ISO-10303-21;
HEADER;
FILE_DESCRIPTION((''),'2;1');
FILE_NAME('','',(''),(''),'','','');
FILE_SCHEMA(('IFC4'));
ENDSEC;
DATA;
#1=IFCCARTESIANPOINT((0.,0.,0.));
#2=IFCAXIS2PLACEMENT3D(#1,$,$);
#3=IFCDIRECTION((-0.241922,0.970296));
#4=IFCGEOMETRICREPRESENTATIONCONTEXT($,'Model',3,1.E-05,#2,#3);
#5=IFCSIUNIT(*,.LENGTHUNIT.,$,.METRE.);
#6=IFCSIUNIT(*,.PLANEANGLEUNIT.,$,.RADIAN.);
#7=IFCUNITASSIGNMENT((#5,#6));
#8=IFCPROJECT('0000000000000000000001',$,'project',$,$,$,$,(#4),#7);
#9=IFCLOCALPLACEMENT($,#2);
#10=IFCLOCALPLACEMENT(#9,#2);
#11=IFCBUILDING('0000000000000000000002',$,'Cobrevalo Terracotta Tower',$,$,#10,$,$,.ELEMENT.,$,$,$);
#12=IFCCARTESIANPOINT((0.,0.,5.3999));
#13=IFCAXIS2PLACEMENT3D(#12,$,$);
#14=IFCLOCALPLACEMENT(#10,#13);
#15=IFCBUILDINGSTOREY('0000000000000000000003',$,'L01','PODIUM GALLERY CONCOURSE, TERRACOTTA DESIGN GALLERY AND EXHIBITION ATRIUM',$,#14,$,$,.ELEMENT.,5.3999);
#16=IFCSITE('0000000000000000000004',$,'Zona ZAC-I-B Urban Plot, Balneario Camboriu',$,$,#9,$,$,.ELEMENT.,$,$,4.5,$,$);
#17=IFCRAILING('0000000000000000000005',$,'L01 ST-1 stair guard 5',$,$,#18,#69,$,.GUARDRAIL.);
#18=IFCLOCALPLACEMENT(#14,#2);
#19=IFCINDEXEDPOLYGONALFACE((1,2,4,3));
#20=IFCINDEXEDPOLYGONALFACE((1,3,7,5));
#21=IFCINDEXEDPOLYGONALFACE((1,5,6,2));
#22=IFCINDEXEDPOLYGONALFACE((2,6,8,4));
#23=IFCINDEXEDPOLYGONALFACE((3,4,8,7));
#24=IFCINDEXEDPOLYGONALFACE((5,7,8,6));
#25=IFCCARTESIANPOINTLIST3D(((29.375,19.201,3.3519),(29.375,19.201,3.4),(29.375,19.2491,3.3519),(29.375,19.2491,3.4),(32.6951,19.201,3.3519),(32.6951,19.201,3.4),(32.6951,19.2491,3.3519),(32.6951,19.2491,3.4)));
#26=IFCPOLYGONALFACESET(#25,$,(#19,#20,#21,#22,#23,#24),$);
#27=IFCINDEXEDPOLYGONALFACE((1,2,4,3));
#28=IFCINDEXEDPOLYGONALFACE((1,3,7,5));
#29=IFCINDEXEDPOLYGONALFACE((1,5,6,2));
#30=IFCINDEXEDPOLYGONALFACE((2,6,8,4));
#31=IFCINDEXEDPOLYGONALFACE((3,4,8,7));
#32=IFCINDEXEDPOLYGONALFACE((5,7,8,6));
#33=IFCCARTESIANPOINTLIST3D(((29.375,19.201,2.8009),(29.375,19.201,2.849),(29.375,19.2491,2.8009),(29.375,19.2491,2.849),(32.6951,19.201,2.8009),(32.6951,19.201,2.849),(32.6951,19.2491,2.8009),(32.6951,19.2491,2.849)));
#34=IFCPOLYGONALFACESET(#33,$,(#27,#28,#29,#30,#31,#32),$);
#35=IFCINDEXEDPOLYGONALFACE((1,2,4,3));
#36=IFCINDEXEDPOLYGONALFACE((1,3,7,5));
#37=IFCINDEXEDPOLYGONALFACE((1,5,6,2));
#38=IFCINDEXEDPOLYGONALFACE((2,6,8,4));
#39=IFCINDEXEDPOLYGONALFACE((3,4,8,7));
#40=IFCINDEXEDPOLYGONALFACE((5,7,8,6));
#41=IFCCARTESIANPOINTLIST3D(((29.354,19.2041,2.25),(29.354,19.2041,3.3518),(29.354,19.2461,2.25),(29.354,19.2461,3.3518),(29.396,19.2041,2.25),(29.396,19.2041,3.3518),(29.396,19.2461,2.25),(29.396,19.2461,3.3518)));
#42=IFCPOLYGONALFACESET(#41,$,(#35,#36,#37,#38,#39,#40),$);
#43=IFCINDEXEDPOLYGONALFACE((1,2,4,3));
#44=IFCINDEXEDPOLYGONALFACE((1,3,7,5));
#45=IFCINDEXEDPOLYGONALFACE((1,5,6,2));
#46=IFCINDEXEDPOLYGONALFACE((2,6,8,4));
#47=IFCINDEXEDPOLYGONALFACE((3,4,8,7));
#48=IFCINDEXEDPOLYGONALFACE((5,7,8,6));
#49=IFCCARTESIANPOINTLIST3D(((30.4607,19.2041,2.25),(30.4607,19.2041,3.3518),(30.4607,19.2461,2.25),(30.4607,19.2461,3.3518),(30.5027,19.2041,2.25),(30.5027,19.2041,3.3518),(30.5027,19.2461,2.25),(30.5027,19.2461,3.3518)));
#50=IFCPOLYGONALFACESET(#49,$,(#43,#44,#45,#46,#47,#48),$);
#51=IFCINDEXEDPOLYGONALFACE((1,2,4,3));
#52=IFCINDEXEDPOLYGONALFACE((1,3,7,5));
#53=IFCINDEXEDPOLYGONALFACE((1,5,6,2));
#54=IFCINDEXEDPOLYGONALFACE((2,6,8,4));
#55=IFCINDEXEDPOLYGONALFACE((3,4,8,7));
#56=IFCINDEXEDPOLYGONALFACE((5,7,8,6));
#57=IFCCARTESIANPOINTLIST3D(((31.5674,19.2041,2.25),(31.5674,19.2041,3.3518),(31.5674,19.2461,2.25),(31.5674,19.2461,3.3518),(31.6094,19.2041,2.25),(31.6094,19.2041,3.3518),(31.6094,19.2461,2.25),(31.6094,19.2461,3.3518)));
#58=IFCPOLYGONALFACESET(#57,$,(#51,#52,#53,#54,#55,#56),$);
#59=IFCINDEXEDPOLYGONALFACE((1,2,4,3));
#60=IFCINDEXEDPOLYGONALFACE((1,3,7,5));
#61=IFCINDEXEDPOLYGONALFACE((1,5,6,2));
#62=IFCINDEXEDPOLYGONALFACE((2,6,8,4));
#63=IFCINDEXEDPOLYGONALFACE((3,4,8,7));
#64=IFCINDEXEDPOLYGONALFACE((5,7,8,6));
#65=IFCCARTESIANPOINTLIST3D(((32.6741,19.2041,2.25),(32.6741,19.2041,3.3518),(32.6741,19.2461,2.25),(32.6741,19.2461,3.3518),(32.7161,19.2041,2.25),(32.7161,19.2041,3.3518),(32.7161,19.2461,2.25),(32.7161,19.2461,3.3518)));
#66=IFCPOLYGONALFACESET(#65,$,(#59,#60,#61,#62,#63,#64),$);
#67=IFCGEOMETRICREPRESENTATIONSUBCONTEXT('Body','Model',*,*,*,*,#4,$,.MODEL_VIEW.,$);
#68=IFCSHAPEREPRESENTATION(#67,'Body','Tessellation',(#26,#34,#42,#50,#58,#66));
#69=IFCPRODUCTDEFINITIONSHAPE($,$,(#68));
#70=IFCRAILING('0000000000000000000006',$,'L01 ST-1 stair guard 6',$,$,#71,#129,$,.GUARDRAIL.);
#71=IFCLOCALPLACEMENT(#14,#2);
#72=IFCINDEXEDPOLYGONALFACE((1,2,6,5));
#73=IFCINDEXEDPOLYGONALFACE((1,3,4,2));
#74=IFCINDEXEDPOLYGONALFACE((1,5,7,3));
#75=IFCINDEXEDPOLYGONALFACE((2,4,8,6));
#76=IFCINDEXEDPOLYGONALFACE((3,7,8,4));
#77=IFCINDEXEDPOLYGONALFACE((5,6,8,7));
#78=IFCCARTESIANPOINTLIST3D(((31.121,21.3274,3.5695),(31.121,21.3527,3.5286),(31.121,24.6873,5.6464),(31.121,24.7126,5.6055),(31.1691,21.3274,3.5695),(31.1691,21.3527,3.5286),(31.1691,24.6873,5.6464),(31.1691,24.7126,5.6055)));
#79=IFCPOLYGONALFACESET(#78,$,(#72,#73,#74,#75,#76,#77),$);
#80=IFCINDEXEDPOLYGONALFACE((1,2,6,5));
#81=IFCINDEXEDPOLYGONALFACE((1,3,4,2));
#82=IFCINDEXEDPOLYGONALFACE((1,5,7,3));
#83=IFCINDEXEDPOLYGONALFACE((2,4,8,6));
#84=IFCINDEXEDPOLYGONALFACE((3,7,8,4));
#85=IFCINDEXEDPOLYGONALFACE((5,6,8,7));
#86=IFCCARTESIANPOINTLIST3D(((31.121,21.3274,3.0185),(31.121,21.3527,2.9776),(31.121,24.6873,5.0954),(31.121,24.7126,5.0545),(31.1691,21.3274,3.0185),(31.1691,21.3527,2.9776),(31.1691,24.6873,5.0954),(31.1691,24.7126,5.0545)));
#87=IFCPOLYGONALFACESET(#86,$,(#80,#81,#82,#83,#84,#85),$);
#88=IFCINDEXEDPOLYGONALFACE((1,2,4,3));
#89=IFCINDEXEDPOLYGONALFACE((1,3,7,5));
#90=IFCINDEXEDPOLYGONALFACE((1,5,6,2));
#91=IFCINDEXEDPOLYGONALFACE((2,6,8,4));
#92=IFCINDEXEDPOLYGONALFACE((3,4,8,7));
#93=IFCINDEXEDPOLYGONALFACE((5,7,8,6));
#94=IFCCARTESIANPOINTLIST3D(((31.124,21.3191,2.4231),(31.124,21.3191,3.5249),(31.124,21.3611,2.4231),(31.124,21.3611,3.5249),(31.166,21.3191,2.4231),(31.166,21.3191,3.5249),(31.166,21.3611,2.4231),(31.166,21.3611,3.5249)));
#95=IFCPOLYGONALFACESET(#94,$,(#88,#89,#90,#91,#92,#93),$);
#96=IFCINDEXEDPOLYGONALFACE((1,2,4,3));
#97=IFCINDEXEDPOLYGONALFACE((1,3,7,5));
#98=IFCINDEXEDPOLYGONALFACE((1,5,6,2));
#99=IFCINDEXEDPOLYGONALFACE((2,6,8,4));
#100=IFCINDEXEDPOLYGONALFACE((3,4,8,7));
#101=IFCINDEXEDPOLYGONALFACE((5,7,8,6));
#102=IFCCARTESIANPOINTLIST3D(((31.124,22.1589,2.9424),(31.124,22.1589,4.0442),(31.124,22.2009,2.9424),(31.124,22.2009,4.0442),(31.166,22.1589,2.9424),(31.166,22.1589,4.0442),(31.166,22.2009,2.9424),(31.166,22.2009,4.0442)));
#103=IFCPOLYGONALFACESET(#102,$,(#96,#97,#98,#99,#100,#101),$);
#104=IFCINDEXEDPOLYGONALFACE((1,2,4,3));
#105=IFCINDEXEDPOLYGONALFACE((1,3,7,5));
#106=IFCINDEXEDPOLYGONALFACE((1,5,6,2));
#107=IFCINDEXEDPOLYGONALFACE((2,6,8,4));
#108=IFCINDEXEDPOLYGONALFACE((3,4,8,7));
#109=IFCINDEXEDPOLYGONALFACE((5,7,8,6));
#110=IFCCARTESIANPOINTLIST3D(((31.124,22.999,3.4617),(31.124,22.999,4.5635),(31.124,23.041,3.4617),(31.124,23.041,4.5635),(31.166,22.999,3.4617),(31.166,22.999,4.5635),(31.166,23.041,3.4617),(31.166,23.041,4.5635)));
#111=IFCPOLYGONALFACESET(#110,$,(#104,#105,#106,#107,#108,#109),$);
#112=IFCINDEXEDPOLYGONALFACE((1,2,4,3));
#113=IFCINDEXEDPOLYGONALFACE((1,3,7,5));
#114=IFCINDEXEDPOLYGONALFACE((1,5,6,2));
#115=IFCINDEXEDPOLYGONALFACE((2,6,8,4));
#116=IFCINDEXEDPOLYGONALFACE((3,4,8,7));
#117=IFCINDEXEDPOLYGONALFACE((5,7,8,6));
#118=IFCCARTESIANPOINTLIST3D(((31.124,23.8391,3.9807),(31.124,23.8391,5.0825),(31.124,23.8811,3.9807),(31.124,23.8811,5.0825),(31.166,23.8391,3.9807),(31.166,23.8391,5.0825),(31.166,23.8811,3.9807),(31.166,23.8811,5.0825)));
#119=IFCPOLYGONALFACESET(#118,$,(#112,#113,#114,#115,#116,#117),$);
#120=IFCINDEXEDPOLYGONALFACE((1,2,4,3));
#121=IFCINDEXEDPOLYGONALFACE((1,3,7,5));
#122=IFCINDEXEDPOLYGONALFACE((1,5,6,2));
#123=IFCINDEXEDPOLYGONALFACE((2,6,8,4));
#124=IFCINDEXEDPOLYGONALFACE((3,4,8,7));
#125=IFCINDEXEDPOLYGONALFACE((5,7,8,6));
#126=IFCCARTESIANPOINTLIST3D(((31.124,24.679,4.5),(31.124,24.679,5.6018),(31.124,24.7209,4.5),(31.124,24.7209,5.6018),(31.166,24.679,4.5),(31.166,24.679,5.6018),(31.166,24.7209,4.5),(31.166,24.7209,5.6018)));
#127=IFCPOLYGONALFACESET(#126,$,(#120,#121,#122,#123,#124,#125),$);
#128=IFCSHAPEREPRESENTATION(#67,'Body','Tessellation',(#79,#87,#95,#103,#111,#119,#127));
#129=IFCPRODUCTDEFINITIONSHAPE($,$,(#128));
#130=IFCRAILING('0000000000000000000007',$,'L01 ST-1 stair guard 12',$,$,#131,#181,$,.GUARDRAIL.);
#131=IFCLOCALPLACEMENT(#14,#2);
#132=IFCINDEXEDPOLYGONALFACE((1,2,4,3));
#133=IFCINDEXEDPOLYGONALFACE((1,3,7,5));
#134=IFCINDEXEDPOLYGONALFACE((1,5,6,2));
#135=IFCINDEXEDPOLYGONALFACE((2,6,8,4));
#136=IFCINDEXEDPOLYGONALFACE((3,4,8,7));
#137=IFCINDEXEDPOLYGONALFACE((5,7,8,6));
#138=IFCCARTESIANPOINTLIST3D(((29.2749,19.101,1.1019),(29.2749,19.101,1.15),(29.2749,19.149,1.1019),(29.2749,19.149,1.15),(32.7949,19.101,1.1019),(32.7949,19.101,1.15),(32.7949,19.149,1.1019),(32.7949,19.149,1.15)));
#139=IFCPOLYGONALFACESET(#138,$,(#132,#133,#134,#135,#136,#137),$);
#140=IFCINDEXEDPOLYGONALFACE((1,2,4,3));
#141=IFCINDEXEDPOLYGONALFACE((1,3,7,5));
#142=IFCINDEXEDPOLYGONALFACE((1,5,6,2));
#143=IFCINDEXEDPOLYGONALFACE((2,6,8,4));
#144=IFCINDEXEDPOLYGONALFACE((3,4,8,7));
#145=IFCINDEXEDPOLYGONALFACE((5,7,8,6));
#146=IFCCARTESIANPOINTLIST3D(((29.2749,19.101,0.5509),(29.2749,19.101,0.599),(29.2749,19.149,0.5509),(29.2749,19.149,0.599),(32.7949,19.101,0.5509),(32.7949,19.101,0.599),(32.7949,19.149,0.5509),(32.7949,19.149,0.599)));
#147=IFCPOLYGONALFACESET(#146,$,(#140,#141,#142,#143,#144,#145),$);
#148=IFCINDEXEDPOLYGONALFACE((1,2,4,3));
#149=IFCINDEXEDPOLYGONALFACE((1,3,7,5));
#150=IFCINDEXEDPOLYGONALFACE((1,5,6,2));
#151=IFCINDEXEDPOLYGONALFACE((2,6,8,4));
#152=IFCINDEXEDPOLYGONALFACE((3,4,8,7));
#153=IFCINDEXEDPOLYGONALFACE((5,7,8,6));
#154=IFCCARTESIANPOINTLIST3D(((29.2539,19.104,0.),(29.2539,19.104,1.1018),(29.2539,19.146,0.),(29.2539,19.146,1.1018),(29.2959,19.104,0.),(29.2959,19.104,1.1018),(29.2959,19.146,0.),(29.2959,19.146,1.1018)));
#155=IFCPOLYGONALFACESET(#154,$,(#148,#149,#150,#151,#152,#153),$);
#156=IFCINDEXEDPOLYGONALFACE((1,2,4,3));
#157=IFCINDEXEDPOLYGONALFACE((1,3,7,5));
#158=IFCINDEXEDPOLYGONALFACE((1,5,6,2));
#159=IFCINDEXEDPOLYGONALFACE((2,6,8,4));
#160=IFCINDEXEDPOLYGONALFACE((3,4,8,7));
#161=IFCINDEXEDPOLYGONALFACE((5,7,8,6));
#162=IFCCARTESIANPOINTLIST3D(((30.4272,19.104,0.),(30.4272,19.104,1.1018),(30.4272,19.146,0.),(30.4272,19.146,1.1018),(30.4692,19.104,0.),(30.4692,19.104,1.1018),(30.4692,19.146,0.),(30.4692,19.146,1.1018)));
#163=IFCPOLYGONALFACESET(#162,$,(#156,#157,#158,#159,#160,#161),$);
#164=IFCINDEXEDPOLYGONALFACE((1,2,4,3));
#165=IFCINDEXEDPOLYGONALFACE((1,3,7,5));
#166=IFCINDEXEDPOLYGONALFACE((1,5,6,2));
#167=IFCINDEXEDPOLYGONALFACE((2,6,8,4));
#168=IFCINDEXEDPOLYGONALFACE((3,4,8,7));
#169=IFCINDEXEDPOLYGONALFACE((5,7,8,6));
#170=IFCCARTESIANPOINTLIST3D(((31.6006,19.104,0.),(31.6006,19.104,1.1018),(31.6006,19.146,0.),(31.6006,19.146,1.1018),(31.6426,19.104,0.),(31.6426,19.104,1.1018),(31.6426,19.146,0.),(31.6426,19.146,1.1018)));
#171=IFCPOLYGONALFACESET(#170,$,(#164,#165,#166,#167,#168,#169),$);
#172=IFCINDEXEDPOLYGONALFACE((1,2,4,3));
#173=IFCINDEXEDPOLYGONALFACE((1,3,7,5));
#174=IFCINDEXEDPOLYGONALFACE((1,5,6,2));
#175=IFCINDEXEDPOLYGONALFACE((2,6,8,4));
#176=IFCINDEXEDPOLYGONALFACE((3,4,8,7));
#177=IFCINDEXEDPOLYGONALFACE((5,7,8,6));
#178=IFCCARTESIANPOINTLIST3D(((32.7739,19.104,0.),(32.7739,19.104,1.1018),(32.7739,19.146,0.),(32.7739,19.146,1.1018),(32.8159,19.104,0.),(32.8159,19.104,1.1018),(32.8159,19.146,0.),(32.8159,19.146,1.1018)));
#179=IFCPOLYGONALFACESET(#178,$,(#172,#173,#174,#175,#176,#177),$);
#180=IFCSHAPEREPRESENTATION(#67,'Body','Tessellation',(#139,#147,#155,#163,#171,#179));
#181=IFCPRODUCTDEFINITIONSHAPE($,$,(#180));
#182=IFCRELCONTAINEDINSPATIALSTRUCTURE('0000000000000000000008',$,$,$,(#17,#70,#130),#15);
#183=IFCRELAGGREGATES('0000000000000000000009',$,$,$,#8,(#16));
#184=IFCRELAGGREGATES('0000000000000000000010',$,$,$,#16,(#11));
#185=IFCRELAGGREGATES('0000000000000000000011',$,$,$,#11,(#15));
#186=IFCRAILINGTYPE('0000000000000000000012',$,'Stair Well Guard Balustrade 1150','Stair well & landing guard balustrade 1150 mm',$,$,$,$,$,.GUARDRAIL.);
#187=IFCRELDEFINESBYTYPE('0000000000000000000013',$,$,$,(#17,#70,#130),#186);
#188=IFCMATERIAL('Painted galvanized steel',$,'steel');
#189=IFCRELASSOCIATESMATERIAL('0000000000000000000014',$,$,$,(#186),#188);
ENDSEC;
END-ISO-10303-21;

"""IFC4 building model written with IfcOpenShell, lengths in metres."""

from ifc_helpers import new_model, si_unit, direction, frame, origin, origin_2d, place, context, subcontext, project, spatial, rectangle, extrude, material, type_object, element, save


model = new_model("IFC4")

# Units and contexts
model_context = context("Model", 3, precision=1e-05, world=origin(), true_north=direction((-0.241922, 0.970296)))
body_context = subcontext(model_context, "Body", "Model", "MODEL_VIEW")
ifc_project = project(units=[si_unit("LENGTHUNIT", "METRE"), si_unit("PLANEANGLEUNIT", "RADIAN")], contexts=[model_context])

# Site, building, storey
site_placement = place(None, origin())
site = spatial("IfcSite", under=ifc_project, at=site_placement, Name="Zona ZAC-I-B Urban Plot, Balneario Camboriu", CompositionType="ELEMENT", RefElevation=4.5)
building_placement = place(site_placement, origin())
building = spatial("IfcBuilding", under=site, at=building_placement, Name="Cobrevalo Terracotta Tower", CompositionType="ELEMENT")
storey_placement = place(building_placement, frame((0.0, 0.0, 5.3999)))
storey = spatial("IfcBuildingStorey", under=building, at=storey_placement, Name="L01", Description="PODIUM GALLERY CONCOURSE, TERRACOTTA DESIGN GALLERY AND EXHIBITION ATRIUM", CompositionType="ELEMENT", Elevation=5.3999)

# Railings
ifc_material_1 = material(Name="Painted galvanized steel", Category="steel")
railing_type_1 = type_object("IfcRailingType", Name="Stair Well Guard Balustrade 1150", Description="Stair well & landing guard balustrade 1150 mm", PredefinedType="GUARDRAIL", material=ifc_material_1)
railing_1_placement = place(storey_placement, frame((29.375, 19.2251, 2.25)))
element("IfcRailing", 1, at=railing_1_placement, inside=storey, type_object=railing_type_1, Name="L01 ST-1 stair guard 5", PredefinedType="GUARDRAIL", context=body_context, shape_type="SweptSolid", body=[
    extrude(rectangle(XDim=0.0481, YDim=0.0481, at=origin_2d()), frame((0.0, 0.0, 1.126), z_axis=(1.0, 0.0, 0.0), x_axis=(0.0, 1.0, 0.0)), (0.0, 0.0, 1.0), 3.3201),
    extrude(rectangle(XDim=0.0481, YDim=0.0481, at=origin_2d()), frame((0.0, 0.0, 0.575), z_axis=(1.0, 0.0, 0.0), x_axis=(0.0, 1.0, 0.0)), (0.0, 0.0, 1.0), 3.3201),
    extrude(rectangle(XDim=0.042, YDim=0.042, at=origin_2d()), origin(), (0.0, 0.0, 1.0), 1.1018),
    extrude(rectangle(XDim=0.042, YDim=0.042, at=origin_2d()), frame((1.1067, 0.0, 0.0)), (0.0, 0.0, 1.0), 1.1018),
    extrude(rectangle(XDim=0.042, YDim=0.042, at=origin_2d()), frame((2.2134, 0.0, 0.0)), (0.0, 0.0, 1.0), 1.1018),
    extrude(rectangle(XDim=0.042, YDim=0.042, at=origin_2d()), frame((3.3201, 0.0, 0.0)), (0.0, 0.0, 1.0), 1.1018),
])
railing_2_placement = place(storey_placement, frame((31.145, 21.3401, 2.4231)))
element("IfcRailing", 2, at=railing_2_placement, inside=storey, type_object=railing_type_1, Name="L01 ST-1 stair guard 6", PredefinedType="GUARDRAIL", context=body_context, shape_type="SweptSolid", body=[
    extrude(rectangle(XDim=0.0481, YDim=0.0481, at=origin_2d()), frame((0.0, 0.0, 1.126), z_axis=(0.0, 0.850606, 0.525803), x_axis=(-1.0, 0.0, 0.0)), (0.0, 0.0, 1.0), 3.95),
    extrude(rectangle(XDim=0.0481, YDim=0.0481, at=origin_2d()), frame((0.0, 0.0, 0.575), z_axis=(0.0, 0.850606, 0.525803), x_axis=(-1.0, 0.0, 0.0)), (0.0, 0.0, 1.0), 3.95),
    extrude(rectangle(XDim=0.042, YDim=0.042, at=origin_2d()), origin(), (0.0, 0.0, 1.0), 1.1018),
    extrude(rectangle(XDim=0.042, YDim=0.042, at=origin_2d()), frame((0.0, 0.8398, 0.5193)), (0.0, 0.0, 1.0), 1.1018),
    extrude(rectangle(XDim=0.042, YDim=0.042, at=origin_2d()), frame((0.0, 1.6799, 1.0386)), (0.0, 0.0, 1.0), 1.1018),
    extrude(rectangle(XDim=0.042, YDim=0.042, at=origin_2d()), frame((0.0, 2.52, 1.5576)), (0.0, 0.0, 1.0), 1.1018),
    extrude(rectangle(XDim=0.042, YDim=0.042, at=origin_2d()), frame((0.0, 3.3599, 2.0769)), (0.0, 0.0, 1.0), 1.1018),
])
railing_3_placement = place(storey_placement, frame((29.2749, 19.125, 0.0)))
element("IfcRailing", 3, at=railing_3_placement, inside=storey, type_object=railing_type_1, Name="L01 ST-1 stair guard 12", PredefinedType="GUARDRAIL", context=body_context, shape_type="SweptSolid", body=[
    extrude(rectangle(XDim=0.0481, YDim=0.0481, at=origin_2d()), frame((0.0, 0.0, 1.126), z_axis=(1.0, 0.0, 0.0), x_axis=(0.0, 1.0, 0.0)), (0.0, 0.0, 1.0), 3.52),
    extrude(rectangle(XDim=0.0481, YDim=0.0481, at=origin_2d()), frame((0.0, 0.0, 0.575), z_axis=(1.0, 0.0, 0.0), x_axis=(0.0, 1.0, 0.0)), (0.0, 0.0, 1.0), 3.52),
    extrude(rectangle(XDim=0.042, YDim=0.042, at=origin_2d()), origin(), (0.0, 0.0, 1.0), 1.1018),
    extrude(rectangle(XDim=0.042, YDim=0.042, at=origin_2d()), frame((1.1733, 0.0, 0.0)), (0.0, 0.0, 1.0), 1.1018),
    extrude(rectangle(XDim=0.042, YDim=0.042, at=origin_2d()), frame((2.3467, 0.0, 0.0)), (0.0, 0.0, 1.0), 1.1018),
    extrude(rectangle(XDim=0.042, YDim=0.042, at=origin_2d()), frame((3.52, 0.0, 0.0)), (0.0, 0.0, 1.0), 1.1018),
])

save(model, "model.ifc")
